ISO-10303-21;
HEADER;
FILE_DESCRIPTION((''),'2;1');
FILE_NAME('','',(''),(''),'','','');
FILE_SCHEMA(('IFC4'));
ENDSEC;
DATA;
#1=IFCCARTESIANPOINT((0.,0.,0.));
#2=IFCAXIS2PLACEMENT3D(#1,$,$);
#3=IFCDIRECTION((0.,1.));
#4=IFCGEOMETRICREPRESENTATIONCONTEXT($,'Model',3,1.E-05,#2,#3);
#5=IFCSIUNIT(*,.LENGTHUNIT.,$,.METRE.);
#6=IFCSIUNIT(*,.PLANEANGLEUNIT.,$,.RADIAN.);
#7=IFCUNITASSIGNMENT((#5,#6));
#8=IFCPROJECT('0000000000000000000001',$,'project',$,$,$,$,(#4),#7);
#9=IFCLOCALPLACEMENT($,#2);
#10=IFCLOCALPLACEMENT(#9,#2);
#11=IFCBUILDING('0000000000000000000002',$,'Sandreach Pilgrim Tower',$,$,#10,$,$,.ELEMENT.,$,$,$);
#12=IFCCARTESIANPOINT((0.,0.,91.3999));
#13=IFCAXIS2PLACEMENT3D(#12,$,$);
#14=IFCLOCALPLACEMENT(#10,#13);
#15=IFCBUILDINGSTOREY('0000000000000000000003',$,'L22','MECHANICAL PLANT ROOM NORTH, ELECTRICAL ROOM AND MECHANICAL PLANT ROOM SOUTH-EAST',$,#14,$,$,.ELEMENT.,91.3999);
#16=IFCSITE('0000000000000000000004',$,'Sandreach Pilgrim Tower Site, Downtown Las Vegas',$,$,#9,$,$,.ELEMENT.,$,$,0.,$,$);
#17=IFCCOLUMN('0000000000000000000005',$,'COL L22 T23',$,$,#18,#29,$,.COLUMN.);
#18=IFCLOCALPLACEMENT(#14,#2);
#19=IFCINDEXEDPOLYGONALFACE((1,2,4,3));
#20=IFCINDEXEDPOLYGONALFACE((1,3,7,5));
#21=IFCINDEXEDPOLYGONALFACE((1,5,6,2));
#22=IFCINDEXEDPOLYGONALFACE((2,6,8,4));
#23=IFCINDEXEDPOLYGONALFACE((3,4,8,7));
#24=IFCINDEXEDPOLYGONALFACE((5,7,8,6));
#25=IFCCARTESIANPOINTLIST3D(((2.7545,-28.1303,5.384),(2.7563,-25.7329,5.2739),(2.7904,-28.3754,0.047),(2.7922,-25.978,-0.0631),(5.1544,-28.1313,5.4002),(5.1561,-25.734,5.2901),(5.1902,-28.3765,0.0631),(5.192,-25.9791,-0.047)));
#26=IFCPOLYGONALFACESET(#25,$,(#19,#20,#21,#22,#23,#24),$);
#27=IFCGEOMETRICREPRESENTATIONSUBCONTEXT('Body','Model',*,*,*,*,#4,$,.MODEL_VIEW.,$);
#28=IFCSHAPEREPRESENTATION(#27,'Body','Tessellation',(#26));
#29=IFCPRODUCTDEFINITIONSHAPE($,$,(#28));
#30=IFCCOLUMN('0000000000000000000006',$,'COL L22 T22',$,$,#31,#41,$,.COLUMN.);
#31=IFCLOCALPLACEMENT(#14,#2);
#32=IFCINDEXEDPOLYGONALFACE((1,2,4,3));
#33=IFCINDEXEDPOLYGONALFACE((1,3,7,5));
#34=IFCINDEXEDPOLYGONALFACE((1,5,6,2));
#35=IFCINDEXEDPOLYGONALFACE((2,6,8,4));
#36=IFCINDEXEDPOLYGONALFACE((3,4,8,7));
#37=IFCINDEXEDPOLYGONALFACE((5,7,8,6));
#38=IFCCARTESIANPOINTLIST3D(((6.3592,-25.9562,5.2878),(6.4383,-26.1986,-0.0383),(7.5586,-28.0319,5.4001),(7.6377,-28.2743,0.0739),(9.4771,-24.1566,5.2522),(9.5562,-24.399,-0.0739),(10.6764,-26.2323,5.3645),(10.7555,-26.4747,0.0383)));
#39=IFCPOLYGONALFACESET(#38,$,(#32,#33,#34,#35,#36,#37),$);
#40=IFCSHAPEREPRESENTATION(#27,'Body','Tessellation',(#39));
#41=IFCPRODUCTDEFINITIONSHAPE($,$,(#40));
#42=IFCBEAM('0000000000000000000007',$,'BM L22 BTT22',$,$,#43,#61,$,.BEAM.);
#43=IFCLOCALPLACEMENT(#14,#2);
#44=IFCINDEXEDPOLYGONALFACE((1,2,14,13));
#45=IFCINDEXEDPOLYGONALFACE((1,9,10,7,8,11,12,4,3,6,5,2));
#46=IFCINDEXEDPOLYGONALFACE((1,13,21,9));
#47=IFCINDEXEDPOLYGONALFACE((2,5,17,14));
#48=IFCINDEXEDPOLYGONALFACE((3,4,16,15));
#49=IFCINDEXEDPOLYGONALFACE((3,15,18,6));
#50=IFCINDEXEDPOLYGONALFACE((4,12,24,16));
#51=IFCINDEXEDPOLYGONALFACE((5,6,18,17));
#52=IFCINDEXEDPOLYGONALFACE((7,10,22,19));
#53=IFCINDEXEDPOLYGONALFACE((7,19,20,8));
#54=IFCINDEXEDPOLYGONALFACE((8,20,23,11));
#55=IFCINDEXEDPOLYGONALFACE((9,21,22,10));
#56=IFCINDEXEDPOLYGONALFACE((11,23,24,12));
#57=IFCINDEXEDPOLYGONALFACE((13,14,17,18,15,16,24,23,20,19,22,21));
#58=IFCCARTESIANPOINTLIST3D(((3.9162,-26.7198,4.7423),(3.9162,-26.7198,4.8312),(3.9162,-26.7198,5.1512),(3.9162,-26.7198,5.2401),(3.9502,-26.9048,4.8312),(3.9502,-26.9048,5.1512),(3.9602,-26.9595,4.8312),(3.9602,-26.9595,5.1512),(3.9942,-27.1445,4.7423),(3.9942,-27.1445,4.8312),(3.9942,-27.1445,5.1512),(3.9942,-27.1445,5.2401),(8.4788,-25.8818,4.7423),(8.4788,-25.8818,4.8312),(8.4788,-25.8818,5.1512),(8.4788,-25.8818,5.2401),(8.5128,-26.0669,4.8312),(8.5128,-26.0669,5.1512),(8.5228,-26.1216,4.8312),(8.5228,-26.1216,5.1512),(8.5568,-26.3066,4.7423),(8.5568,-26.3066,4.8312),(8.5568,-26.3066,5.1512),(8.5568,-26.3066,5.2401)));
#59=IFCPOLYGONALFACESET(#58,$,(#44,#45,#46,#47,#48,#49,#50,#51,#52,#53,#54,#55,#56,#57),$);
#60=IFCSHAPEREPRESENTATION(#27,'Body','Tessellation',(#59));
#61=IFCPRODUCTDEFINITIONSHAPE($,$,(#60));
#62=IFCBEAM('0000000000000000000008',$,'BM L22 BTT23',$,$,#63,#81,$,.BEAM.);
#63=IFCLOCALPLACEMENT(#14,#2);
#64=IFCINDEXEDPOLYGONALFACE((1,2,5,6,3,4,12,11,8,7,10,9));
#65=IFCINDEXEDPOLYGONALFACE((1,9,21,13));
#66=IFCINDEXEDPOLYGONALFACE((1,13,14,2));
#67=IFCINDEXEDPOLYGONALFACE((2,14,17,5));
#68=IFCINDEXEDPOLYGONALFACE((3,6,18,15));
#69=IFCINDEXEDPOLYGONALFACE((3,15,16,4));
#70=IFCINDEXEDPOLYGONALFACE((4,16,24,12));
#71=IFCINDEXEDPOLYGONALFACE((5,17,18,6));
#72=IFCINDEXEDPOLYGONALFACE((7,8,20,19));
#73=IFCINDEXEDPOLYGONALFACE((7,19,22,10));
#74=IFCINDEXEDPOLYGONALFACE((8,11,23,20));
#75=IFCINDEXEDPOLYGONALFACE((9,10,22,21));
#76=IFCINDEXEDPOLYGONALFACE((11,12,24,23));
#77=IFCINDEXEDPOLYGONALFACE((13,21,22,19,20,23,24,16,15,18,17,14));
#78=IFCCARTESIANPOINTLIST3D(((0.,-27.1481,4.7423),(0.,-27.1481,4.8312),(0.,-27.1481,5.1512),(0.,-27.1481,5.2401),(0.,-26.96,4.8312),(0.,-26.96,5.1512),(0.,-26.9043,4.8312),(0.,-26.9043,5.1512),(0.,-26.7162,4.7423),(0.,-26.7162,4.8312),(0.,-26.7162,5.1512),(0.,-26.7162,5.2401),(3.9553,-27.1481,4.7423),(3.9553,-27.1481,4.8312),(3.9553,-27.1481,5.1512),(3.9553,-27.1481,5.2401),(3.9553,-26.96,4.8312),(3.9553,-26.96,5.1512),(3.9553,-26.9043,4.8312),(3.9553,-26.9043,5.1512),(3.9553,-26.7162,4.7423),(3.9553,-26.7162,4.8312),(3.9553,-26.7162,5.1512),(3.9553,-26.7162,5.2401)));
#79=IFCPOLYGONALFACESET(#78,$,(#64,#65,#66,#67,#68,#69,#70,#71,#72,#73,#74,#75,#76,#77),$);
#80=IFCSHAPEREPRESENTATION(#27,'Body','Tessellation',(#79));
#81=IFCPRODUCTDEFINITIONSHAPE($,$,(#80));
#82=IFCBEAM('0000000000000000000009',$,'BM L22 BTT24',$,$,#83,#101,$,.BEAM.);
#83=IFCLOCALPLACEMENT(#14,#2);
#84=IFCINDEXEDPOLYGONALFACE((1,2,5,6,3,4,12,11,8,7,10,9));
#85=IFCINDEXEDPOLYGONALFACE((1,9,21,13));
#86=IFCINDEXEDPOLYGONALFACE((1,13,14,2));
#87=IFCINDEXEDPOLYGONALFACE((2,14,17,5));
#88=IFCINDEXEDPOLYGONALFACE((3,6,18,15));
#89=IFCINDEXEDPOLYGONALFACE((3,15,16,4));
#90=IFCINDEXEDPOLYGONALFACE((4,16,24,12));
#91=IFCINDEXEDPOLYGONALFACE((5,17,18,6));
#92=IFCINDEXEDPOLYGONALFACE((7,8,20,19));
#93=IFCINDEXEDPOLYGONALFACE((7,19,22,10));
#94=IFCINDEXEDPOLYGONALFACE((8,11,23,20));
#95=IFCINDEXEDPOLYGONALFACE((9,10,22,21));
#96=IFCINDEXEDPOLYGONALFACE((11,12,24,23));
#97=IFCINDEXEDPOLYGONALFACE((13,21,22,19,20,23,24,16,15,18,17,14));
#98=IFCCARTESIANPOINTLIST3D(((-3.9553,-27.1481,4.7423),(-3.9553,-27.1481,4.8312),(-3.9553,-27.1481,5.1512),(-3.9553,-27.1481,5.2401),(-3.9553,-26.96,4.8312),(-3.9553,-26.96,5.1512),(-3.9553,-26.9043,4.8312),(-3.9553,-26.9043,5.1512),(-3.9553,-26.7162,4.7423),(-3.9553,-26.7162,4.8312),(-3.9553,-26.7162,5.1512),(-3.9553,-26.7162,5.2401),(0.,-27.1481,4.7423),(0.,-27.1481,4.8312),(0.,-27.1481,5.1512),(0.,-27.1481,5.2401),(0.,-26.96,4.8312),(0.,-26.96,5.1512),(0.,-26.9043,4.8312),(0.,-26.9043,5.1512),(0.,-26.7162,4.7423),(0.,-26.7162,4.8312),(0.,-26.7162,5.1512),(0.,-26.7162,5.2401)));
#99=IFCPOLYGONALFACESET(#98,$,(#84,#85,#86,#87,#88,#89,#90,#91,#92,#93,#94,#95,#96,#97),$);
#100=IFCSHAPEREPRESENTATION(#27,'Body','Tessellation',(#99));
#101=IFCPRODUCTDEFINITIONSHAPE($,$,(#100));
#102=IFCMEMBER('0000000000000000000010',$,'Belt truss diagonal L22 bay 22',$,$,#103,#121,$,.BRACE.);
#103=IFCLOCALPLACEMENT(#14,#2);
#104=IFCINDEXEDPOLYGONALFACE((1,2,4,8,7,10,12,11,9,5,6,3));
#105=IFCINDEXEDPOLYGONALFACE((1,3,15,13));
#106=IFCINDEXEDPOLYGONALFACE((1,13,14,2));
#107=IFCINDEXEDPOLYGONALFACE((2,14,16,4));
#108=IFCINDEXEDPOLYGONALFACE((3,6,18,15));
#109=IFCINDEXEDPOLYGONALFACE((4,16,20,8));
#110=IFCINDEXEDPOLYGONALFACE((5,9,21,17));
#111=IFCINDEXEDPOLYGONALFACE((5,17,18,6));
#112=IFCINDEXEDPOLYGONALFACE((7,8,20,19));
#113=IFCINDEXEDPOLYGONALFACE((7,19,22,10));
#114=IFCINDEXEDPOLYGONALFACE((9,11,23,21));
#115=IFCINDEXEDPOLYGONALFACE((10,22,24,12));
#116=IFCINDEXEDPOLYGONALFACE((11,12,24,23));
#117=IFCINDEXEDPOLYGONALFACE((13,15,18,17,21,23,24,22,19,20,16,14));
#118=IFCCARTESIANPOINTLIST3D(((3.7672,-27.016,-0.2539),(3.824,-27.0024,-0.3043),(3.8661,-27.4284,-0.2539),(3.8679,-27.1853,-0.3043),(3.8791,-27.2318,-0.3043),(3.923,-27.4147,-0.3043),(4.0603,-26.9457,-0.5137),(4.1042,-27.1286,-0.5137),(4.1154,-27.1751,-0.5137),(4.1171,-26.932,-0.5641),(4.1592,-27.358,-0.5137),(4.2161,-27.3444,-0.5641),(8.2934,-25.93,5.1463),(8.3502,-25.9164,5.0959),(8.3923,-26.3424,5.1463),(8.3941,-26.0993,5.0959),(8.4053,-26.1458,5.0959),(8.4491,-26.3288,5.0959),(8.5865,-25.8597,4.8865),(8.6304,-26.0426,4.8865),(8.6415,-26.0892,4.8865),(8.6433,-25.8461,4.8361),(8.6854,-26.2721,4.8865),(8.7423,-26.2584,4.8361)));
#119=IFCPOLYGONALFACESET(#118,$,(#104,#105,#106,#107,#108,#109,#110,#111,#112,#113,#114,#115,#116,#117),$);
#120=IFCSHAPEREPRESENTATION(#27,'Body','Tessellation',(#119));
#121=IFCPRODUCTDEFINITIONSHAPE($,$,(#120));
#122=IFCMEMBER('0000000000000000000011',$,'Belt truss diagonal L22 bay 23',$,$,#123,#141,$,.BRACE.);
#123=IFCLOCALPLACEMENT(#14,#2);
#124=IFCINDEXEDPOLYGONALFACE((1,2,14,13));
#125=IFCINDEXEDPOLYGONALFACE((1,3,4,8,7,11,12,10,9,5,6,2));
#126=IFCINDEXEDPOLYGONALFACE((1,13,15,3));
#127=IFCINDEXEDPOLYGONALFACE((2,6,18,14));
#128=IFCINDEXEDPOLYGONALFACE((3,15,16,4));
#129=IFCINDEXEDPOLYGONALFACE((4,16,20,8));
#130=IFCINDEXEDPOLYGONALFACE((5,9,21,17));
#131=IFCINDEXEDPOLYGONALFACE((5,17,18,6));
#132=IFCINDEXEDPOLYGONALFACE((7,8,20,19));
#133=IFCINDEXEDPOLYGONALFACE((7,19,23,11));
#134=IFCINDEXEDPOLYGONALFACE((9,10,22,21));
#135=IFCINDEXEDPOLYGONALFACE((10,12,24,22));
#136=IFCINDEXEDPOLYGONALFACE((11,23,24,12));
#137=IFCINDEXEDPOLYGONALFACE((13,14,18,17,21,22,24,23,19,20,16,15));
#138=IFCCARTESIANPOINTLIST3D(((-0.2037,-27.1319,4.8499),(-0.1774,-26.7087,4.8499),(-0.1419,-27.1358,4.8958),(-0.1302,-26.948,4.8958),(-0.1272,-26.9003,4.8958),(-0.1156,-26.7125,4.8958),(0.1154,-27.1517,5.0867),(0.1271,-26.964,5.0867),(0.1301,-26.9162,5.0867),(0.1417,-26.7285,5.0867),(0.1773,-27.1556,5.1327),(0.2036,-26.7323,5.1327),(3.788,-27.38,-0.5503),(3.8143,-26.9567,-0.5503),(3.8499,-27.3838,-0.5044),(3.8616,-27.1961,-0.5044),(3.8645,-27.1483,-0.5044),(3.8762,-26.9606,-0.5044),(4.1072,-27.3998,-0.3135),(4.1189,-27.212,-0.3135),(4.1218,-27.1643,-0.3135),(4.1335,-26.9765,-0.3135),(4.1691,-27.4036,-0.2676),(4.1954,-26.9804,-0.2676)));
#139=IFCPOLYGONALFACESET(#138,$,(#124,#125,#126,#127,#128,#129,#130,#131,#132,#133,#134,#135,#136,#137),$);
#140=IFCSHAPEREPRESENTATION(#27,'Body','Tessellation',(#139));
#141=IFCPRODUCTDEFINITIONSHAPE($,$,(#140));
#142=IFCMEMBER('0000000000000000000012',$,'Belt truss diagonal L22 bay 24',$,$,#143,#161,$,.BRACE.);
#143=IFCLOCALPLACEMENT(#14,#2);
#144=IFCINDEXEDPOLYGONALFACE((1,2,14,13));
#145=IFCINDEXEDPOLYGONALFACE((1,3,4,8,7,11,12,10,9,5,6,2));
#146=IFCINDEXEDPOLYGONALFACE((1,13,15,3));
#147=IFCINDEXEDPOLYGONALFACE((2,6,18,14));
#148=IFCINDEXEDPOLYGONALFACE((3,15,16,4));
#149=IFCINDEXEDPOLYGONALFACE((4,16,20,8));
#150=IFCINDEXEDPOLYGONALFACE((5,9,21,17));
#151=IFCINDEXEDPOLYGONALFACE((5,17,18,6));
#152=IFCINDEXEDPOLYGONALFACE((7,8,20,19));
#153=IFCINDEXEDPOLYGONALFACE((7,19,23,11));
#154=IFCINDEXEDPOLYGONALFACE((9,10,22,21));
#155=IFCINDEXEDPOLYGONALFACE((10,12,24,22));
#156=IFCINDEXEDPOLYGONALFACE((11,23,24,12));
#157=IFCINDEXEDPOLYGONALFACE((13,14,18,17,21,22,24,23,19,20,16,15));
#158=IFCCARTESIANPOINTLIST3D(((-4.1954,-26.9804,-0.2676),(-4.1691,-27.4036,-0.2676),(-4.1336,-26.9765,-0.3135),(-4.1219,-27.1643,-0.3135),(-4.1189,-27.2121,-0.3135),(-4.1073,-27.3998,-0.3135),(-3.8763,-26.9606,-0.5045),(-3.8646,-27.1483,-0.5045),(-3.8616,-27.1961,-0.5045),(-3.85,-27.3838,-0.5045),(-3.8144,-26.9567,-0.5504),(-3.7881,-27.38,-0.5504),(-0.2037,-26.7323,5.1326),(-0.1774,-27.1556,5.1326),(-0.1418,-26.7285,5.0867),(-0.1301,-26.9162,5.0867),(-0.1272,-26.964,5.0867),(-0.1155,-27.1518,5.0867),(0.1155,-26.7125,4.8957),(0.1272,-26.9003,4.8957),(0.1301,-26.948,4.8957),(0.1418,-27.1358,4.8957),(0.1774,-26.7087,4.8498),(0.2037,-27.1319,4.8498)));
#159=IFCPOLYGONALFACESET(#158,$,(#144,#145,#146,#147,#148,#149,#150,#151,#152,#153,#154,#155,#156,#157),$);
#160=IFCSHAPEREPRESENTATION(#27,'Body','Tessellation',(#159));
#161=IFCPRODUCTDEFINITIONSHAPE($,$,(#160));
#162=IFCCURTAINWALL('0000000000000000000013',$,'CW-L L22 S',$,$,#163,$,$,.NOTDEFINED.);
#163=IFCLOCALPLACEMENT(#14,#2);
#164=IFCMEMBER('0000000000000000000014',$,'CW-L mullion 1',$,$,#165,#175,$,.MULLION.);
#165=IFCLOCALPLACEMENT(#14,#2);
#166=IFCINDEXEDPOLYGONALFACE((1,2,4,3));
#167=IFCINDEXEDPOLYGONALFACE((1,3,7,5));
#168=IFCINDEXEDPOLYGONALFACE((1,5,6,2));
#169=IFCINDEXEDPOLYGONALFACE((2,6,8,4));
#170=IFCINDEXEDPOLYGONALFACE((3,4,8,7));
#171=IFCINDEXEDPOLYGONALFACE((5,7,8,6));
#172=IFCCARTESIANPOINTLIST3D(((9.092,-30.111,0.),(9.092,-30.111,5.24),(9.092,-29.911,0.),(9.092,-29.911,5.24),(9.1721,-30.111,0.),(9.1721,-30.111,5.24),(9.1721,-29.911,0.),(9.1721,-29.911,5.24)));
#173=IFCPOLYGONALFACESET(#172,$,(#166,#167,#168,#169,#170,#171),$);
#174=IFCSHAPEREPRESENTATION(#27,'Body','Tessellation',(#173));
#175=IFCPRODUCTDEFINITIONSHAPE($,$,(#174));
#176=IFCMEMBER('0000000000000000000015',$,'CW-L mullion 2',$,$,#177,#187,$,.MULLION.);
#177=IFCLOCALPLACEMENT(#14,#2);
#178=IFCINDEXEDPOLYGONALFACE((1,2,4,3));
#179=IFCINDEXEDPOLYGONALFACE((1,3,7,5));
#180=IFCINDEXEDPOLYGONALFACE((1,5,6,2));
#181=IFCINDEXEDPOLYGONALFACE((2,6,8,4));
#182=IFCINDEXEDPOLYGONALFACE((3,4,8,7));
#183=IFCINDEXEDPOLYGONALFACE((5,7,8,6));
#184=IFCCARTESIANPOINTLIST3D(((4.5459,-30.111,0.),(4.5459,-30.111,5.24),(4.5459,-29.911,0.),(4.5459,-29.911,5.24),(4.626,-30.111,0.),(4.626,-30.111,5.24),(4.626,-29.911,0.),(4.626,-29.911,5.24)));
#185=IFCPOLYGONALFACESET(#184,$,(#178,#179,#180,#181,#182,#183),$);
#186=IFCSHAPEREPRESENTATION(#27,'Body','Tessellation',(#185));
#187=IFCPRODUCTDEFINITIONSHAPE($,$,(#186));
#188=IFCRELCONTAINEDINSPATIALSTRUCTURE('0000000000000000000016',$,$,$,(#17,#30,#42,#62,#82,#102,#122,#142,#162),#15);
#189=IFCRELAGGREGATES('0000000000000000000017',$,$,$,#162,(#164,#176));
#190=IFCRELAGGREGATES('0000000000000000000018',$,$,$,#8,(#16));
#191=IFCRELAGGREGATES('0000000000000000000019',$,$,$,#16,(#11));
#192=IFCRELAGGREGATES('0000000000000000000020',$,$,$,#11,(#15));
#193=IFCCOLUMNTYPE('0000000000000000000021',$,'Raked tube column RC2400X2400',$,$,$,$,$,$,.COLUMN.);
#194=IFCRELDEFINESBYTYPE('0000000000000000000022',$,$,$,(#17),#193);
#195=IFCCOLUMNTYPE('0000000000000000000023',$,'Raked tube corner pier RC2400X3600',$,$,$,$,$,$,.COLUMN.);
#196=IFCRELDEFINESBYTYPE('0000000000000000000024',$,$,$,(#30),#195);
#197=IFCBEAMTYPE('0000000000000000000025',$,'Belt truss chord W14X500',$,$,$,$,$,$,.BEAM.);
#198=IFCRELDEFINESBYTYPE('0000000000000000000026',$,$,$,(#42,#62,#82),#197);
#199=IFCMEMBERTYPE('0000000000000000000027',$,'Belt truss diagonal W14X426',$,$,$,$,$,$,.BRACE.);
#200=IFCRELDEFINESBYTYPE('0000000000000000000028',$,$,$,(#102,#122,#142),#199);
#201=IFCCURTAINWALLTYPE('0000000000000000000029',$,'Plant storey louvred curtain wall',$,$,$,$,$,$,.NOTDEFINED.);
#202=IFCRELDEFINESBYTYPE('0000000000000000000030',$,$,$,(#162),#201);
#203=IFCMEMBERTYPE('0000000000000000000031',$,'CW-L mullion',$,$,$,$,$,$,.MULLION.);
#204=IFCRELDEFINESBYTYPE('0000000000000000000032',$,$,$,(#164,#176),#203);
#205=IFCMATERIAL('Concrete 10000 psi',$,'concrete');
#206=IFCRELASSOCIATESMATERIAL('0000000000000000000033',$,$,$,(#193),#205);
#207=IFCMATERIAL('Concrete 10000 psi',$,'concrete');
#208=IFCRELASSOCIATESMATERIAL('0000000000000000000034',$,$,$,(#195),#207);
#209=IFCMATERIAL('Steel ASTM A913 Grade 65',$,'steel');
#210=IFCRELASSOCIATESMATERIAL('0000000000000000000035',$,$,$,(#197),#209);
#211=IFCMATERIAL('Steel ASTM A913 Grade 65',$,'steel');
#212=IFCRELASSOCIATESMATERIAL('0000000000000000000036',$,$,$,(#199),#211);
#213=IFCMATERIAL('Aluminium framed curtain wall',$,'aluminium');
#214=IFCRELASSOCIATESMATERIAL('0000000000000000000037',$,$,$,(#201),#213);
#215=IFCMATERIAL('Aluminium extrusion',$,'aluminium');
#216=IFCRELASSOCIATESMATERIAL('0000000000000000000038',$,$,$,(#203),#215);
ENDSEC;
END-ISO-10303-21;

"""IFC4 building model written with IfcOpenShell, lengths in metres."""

from ifc_helpers import new_model, si_unit, direction, frame, origin, origin_2d, place, context, subcontext, project, spatial, rectangle, i_section, extrude, material, material_profile, profile_set, type_object, element, aggregate, save


model = new_model("IFC4")

# Units and contexts
model_context = context("Model", 3, precision=1e-05, world=origin(), true_north=direction((0.0, 1.0)))
body_context = subcontext(model_context, "Body", "Model", "MODEL_VIEW")
ifc_project = project(units=[si_unit("LENGTHUNIT", "METRE"), si_unit("PLANEANGLEUNIT", "RADIAN")], contexts=[model_context])

# Site, building, storey
site_placement = place(None, origin())
site = spatial("IfcSite", under=ifc_project, at=site_placement, Name="Sandreach Pilgrim Tower Site, Downtown Las Vegas", CompositionType="ELEMENT", RefElevation=0.0)
building_placement = place(site_placement, origin())
building = spatial("IfcBuilding", under=site, at=building_placement, Name="Sandreach Pilgrim Tower", CompositionType="ELEMENT")
storey_placement = place(building_placement, frame((0.0, 0.0, 91.3999)))
storey = spatial("IfcBuildingStorey", under=building, at=storey_placement, Name="L22", Description="MECHANICAL PLANT ROOM NORTH, ELECTRICAL ROOM AND MECHANICAL PLANT ROOM SOUTH-EAST", CompositionType="ELEMENT", Elevation=91.3999)

# Columns
ifc_material_1 = material(Name="Concrete 10000 psi", Category="concrete")
ifc_material_profile_1 = material_profile(ifc_material_1, rectangle(XDim=2.3999, YDim=2.3999, at=origin_2d()), Name="RC2400X2400")
ifc_profile_set_1 = profile_set([ifc_material_profile_1], Name="Concrete 10000 psi")
column_type_1 = type_object("IfcColumnType", Name="Raked tube column RC2400X2400", PredefinedType="COLUMN", material=ifc_profile_set_1)
column_1_placement = place(storey_placement, frame((3.9912, -27.1772, 0.0), z_axis=(-0.006717, 0.045879, 0.998924), x_axis=(-0.000744, -0.998947, 0.045875)))
element("IfcColumn", 1, at=column_1_placement, inside=storey, type_object=column_type_1, Name="COL L22 T23", PredefinedType="COLUMN", context=body_context, shape_type="SweptSolid", body=[
    extrude(rectangle(XDim=2.3999, YDim=2.3999, at=origin_2d()), origin(), (0.0, 0.0, 1.0), 5.3428),
])
ifc_material_2 = material(Name="Concrete 10000 psi", Category="concrete")
ifc_material_profile_2 = material_profile(ifc_material_2, rectangle(XDim=2.3999, YDim=3.6001, at=origin_2d()), Name="RC2400X3600")
ifc_profile_set_2 = profile_set([ifc_material_profile_2], Name="Concrete 10000 psi")
column_type_2 = type_object("IfcColumnType", Name="Raked tube corner pier RC2400X3600", PredefinedType="COLUMN", material=ifc_profile_set_2)
column_2_placement = place(storey_placement, frame((8.5969, -26.3367, 0.0), z_axis=(-0.014834, 0.045465, 0.998856), x_axis=(0.499741, -0.86491, 0.04679)))
element("IfcColumn", 2, at=column_2_placement, inside=storey, type_object=column_type_2, Name="COL L22 T22", PredefinedType="COLUMN", context=body_context, shape_type="SweptSolid", body=[
    extrude(rectangle(XDim=2.3999, YDim=3.6001, at=origin_2d()), origin(), (0.0, 0.0, 1.0), 5.3323),
])

# Beams
ifc_material_3 = material(Name="Steel ASTM A913 Grade 65", Category="steel")
ifc_material_profile_3 = material_profile(ifc_material_3, i_section(OverallWidth=0.4319, OverallDepth=0.4978, WebThickness=0.0557, FlangeThickness=0.0889, at=origin_2d()), Name="W14X500")
ifc_profile_set_3 = profile_set([ifc_material_profile_3], Name="Steel ASTM A913 Grade 65")
beam_type_1 = type_object("IfcBeamType", Name="Belt truss chord W14X500", PredefinedType="BEAM", material=ifc_profile_set_3)
beam_1_placement = place(storey_placement, frame((8.5178, -26.0942, 4.9912), z_axis=(-0.983552, -0.180627, 0.0), x_axis=(0.180627, -0.983552, 0.0)))
element("IfcBeam", 3, at=beam_1_placement, inside=storey, type_object=beam_type_1, Name="BM L22 BTT22", PredefinedType="BEAM", context=body_context, shape_type="SweptSolid", body=[
    extrude(i_section(OverallWidth=0.4319, OverallDepth=0.4978, WebThickness=0.0557, FlangeThickness=0.0889, at=origin_2d()), origin(), (0.0, 0.0, 1.0), 4.6389),
])
for number, where, z_axis, x_axis, name in (
    (4, (3.9553, -26.9321, 4.9912), (-1.0, 0.0, 0.0), (0.0, -1.0, 0.0), "BM L22 BTT23"),
    (5, (0.0, -26.9321, 4.9912), (-1.0, 0.0, 0.0), (0.0, -1.0, 0.0), "BM L22 BTT24"),
):
    element("IfcBeam", number, at=place(storey_placement, frame(where, z_axis=z_axis, x_axis=x_axis)), inside=storey, type_object=beam_type_1, Name=name, PredefinedType="BEAM", context=body_context, shape_type="SweptSolid", body=[
        extrude(i_section(OverallWidth=0.4319, OverallDepth=0.4978, WebThickness=0.0557, FlangeThickness=0.0889, at=origin_2d()), origin(), (0.0, 0.0, 1.0), 3.9553),
    ])

# Members
ifc_material_4 = material(Name="Steel ASTM A913 Grade 65", Category="steel")
ifc_material_profile_4 = material_profile(ifc_material_4, i_section(OverallWidth=0.4241, OverallDepth=0.4751, WebThickness=0.0479, FlangeThickness=0.0771, at=origin_2d()), Name="W14X426")
ifc_profile_set_4 = profile_set([ifc_material_profile_4], Name="Steel ASTM A913 Grade 65")
member_type_1 = type_object("IfcMemberType", Name="Belt truss diagonal W14X426", PredefinedType="BRACE", material=ifc_profile_set_4)
member_1_placement = place(storey_placement, frame((8.5178, -26.0942, 4.9912), z_axis=(-0.634864, -0.152321, -0.75746), x_axis=(0.233306, -0.972403, 0.0)))
element("IfcMember", 6, at=member_1_placement, inside=storey, type_object=member_type_1, Name="Belt truss diagonal L22 bay 22", PredefinedType="BRACE", context=body_context, shape_type="SweptSolid", body=[
    extrude(i_section(OverallWidth=0.4241, OverallDepth=0.4751, WebThickness=0.0479, FlangeThickness=0.0771, at=origin_2d()), origin(), (0.0, 0.0, 1.0), 7.1294),
])
for number, where, z_axis, x_axis, name in (
    (7, (3.9917, -27.1802, -0.4089), (-0.594014, 0.036912, 0.803608), (-0.062021, -0.998075, 0.0), "Belt truss diagonal L22 bay 23"),
    (8, (0.0, -26.9321, 4.9912), (-0.594014, -0.036912, -0.803608), (0.062021, -0.998075, 0.0), "Belt truss diagonal L22 bay 24"),
):
    element("IfcMember", number, at=place(storey_placement, frame(where, z_axis=z_axis, x_axis=x_axis)), inside=storey, type_object=member_type_1, Name=name, PredefinedType="BRACE", context=body_context, shape_type="SweptSolid", body=[
        extrude(i_section(OverallWidth=0.4241, OverallDepth=0.4751, WebThickness=0.0479, FlangeThickness=0.0771, at=origin_2d()), origin(), (0.0, 0.0, 1.0), 6.72),
    ])

# Curtain wall, members
ifc_material_5 = material(Name="Aluminium framed curtain wall", Category="aluminium")
curtain_wall_type = type_object("IfcCurtainWallType", Name="Plant storey louvred curtain wall", PredefinedType="NOTDEFINED", material=ifc_material_5)
curtain_wall_placement = place(storey_placement, origin())
curtain_wall = element("IfcCurtainWall", 9, at=curtain_wall_placement, inside=storey, type_object=curtain_wall_type, Name="CW-L L22 S", PredefinedType="NOTDEFINED")
ifc_material_6 = material(Name="Aluminium extrusion", Category="aluminium")
ifc_material_profile_5 = material_profile(ifc_material_6, rectangle(XDim=0.0801, YDim=0.2, at=origin_2d()), Name="CW-LM 80X200")
ifc_profile_set_5 = profile_set([ifc_material_profile_5], Name="Aluminium extrusion")
member_type_2 = type_object("IfcMemberType", Name="CW-L mullion", PredefinedType="MULLION", material=ifc_profile_set_5)
member_2_placement = place(storey_placement, frame((9.1321, -30.011, 0.0), z_axis=(0.0, 0.0, 1.0), x_axis=(-1.0, 0.0, 0.0)))
member_2 = element("IfcMember", 10, at=member_2_placement, type_object=member_type_2, Name="CW-L mullion 1", PredefinedType="MULLION", context=body_context, shape_type="SweptSolid", body=[
    extrude(rectangle(XDim=0.0801, YDim=0.2, at=origin_2d()), origin(), (0.0, 0.0, 1.0), 5.24),
])
member_3_placement = place(storey_placement, frame((4.5859, -30.011, 0.0), z_axis=(0.0, 0.0, 1.0), x_axis=(-1.0, 0.0, 0.0)))
member_3 = element("IfcMember", 11, at=member_3_placement, type_object=member_type_2, Name="CW-L mullion 2", PredefinedType="MULLION", context=body_context, shape_type="SweptSolid", body=[
    extrude(rectangle(XDim=0.0801, YDim=0.2, at=origin_2d()), origin(), (0.0, 0.0, 1.0), 5.24),
])

aggregate(curtain_wall, [member_2, member_3])

save(model, "model.ifc")
